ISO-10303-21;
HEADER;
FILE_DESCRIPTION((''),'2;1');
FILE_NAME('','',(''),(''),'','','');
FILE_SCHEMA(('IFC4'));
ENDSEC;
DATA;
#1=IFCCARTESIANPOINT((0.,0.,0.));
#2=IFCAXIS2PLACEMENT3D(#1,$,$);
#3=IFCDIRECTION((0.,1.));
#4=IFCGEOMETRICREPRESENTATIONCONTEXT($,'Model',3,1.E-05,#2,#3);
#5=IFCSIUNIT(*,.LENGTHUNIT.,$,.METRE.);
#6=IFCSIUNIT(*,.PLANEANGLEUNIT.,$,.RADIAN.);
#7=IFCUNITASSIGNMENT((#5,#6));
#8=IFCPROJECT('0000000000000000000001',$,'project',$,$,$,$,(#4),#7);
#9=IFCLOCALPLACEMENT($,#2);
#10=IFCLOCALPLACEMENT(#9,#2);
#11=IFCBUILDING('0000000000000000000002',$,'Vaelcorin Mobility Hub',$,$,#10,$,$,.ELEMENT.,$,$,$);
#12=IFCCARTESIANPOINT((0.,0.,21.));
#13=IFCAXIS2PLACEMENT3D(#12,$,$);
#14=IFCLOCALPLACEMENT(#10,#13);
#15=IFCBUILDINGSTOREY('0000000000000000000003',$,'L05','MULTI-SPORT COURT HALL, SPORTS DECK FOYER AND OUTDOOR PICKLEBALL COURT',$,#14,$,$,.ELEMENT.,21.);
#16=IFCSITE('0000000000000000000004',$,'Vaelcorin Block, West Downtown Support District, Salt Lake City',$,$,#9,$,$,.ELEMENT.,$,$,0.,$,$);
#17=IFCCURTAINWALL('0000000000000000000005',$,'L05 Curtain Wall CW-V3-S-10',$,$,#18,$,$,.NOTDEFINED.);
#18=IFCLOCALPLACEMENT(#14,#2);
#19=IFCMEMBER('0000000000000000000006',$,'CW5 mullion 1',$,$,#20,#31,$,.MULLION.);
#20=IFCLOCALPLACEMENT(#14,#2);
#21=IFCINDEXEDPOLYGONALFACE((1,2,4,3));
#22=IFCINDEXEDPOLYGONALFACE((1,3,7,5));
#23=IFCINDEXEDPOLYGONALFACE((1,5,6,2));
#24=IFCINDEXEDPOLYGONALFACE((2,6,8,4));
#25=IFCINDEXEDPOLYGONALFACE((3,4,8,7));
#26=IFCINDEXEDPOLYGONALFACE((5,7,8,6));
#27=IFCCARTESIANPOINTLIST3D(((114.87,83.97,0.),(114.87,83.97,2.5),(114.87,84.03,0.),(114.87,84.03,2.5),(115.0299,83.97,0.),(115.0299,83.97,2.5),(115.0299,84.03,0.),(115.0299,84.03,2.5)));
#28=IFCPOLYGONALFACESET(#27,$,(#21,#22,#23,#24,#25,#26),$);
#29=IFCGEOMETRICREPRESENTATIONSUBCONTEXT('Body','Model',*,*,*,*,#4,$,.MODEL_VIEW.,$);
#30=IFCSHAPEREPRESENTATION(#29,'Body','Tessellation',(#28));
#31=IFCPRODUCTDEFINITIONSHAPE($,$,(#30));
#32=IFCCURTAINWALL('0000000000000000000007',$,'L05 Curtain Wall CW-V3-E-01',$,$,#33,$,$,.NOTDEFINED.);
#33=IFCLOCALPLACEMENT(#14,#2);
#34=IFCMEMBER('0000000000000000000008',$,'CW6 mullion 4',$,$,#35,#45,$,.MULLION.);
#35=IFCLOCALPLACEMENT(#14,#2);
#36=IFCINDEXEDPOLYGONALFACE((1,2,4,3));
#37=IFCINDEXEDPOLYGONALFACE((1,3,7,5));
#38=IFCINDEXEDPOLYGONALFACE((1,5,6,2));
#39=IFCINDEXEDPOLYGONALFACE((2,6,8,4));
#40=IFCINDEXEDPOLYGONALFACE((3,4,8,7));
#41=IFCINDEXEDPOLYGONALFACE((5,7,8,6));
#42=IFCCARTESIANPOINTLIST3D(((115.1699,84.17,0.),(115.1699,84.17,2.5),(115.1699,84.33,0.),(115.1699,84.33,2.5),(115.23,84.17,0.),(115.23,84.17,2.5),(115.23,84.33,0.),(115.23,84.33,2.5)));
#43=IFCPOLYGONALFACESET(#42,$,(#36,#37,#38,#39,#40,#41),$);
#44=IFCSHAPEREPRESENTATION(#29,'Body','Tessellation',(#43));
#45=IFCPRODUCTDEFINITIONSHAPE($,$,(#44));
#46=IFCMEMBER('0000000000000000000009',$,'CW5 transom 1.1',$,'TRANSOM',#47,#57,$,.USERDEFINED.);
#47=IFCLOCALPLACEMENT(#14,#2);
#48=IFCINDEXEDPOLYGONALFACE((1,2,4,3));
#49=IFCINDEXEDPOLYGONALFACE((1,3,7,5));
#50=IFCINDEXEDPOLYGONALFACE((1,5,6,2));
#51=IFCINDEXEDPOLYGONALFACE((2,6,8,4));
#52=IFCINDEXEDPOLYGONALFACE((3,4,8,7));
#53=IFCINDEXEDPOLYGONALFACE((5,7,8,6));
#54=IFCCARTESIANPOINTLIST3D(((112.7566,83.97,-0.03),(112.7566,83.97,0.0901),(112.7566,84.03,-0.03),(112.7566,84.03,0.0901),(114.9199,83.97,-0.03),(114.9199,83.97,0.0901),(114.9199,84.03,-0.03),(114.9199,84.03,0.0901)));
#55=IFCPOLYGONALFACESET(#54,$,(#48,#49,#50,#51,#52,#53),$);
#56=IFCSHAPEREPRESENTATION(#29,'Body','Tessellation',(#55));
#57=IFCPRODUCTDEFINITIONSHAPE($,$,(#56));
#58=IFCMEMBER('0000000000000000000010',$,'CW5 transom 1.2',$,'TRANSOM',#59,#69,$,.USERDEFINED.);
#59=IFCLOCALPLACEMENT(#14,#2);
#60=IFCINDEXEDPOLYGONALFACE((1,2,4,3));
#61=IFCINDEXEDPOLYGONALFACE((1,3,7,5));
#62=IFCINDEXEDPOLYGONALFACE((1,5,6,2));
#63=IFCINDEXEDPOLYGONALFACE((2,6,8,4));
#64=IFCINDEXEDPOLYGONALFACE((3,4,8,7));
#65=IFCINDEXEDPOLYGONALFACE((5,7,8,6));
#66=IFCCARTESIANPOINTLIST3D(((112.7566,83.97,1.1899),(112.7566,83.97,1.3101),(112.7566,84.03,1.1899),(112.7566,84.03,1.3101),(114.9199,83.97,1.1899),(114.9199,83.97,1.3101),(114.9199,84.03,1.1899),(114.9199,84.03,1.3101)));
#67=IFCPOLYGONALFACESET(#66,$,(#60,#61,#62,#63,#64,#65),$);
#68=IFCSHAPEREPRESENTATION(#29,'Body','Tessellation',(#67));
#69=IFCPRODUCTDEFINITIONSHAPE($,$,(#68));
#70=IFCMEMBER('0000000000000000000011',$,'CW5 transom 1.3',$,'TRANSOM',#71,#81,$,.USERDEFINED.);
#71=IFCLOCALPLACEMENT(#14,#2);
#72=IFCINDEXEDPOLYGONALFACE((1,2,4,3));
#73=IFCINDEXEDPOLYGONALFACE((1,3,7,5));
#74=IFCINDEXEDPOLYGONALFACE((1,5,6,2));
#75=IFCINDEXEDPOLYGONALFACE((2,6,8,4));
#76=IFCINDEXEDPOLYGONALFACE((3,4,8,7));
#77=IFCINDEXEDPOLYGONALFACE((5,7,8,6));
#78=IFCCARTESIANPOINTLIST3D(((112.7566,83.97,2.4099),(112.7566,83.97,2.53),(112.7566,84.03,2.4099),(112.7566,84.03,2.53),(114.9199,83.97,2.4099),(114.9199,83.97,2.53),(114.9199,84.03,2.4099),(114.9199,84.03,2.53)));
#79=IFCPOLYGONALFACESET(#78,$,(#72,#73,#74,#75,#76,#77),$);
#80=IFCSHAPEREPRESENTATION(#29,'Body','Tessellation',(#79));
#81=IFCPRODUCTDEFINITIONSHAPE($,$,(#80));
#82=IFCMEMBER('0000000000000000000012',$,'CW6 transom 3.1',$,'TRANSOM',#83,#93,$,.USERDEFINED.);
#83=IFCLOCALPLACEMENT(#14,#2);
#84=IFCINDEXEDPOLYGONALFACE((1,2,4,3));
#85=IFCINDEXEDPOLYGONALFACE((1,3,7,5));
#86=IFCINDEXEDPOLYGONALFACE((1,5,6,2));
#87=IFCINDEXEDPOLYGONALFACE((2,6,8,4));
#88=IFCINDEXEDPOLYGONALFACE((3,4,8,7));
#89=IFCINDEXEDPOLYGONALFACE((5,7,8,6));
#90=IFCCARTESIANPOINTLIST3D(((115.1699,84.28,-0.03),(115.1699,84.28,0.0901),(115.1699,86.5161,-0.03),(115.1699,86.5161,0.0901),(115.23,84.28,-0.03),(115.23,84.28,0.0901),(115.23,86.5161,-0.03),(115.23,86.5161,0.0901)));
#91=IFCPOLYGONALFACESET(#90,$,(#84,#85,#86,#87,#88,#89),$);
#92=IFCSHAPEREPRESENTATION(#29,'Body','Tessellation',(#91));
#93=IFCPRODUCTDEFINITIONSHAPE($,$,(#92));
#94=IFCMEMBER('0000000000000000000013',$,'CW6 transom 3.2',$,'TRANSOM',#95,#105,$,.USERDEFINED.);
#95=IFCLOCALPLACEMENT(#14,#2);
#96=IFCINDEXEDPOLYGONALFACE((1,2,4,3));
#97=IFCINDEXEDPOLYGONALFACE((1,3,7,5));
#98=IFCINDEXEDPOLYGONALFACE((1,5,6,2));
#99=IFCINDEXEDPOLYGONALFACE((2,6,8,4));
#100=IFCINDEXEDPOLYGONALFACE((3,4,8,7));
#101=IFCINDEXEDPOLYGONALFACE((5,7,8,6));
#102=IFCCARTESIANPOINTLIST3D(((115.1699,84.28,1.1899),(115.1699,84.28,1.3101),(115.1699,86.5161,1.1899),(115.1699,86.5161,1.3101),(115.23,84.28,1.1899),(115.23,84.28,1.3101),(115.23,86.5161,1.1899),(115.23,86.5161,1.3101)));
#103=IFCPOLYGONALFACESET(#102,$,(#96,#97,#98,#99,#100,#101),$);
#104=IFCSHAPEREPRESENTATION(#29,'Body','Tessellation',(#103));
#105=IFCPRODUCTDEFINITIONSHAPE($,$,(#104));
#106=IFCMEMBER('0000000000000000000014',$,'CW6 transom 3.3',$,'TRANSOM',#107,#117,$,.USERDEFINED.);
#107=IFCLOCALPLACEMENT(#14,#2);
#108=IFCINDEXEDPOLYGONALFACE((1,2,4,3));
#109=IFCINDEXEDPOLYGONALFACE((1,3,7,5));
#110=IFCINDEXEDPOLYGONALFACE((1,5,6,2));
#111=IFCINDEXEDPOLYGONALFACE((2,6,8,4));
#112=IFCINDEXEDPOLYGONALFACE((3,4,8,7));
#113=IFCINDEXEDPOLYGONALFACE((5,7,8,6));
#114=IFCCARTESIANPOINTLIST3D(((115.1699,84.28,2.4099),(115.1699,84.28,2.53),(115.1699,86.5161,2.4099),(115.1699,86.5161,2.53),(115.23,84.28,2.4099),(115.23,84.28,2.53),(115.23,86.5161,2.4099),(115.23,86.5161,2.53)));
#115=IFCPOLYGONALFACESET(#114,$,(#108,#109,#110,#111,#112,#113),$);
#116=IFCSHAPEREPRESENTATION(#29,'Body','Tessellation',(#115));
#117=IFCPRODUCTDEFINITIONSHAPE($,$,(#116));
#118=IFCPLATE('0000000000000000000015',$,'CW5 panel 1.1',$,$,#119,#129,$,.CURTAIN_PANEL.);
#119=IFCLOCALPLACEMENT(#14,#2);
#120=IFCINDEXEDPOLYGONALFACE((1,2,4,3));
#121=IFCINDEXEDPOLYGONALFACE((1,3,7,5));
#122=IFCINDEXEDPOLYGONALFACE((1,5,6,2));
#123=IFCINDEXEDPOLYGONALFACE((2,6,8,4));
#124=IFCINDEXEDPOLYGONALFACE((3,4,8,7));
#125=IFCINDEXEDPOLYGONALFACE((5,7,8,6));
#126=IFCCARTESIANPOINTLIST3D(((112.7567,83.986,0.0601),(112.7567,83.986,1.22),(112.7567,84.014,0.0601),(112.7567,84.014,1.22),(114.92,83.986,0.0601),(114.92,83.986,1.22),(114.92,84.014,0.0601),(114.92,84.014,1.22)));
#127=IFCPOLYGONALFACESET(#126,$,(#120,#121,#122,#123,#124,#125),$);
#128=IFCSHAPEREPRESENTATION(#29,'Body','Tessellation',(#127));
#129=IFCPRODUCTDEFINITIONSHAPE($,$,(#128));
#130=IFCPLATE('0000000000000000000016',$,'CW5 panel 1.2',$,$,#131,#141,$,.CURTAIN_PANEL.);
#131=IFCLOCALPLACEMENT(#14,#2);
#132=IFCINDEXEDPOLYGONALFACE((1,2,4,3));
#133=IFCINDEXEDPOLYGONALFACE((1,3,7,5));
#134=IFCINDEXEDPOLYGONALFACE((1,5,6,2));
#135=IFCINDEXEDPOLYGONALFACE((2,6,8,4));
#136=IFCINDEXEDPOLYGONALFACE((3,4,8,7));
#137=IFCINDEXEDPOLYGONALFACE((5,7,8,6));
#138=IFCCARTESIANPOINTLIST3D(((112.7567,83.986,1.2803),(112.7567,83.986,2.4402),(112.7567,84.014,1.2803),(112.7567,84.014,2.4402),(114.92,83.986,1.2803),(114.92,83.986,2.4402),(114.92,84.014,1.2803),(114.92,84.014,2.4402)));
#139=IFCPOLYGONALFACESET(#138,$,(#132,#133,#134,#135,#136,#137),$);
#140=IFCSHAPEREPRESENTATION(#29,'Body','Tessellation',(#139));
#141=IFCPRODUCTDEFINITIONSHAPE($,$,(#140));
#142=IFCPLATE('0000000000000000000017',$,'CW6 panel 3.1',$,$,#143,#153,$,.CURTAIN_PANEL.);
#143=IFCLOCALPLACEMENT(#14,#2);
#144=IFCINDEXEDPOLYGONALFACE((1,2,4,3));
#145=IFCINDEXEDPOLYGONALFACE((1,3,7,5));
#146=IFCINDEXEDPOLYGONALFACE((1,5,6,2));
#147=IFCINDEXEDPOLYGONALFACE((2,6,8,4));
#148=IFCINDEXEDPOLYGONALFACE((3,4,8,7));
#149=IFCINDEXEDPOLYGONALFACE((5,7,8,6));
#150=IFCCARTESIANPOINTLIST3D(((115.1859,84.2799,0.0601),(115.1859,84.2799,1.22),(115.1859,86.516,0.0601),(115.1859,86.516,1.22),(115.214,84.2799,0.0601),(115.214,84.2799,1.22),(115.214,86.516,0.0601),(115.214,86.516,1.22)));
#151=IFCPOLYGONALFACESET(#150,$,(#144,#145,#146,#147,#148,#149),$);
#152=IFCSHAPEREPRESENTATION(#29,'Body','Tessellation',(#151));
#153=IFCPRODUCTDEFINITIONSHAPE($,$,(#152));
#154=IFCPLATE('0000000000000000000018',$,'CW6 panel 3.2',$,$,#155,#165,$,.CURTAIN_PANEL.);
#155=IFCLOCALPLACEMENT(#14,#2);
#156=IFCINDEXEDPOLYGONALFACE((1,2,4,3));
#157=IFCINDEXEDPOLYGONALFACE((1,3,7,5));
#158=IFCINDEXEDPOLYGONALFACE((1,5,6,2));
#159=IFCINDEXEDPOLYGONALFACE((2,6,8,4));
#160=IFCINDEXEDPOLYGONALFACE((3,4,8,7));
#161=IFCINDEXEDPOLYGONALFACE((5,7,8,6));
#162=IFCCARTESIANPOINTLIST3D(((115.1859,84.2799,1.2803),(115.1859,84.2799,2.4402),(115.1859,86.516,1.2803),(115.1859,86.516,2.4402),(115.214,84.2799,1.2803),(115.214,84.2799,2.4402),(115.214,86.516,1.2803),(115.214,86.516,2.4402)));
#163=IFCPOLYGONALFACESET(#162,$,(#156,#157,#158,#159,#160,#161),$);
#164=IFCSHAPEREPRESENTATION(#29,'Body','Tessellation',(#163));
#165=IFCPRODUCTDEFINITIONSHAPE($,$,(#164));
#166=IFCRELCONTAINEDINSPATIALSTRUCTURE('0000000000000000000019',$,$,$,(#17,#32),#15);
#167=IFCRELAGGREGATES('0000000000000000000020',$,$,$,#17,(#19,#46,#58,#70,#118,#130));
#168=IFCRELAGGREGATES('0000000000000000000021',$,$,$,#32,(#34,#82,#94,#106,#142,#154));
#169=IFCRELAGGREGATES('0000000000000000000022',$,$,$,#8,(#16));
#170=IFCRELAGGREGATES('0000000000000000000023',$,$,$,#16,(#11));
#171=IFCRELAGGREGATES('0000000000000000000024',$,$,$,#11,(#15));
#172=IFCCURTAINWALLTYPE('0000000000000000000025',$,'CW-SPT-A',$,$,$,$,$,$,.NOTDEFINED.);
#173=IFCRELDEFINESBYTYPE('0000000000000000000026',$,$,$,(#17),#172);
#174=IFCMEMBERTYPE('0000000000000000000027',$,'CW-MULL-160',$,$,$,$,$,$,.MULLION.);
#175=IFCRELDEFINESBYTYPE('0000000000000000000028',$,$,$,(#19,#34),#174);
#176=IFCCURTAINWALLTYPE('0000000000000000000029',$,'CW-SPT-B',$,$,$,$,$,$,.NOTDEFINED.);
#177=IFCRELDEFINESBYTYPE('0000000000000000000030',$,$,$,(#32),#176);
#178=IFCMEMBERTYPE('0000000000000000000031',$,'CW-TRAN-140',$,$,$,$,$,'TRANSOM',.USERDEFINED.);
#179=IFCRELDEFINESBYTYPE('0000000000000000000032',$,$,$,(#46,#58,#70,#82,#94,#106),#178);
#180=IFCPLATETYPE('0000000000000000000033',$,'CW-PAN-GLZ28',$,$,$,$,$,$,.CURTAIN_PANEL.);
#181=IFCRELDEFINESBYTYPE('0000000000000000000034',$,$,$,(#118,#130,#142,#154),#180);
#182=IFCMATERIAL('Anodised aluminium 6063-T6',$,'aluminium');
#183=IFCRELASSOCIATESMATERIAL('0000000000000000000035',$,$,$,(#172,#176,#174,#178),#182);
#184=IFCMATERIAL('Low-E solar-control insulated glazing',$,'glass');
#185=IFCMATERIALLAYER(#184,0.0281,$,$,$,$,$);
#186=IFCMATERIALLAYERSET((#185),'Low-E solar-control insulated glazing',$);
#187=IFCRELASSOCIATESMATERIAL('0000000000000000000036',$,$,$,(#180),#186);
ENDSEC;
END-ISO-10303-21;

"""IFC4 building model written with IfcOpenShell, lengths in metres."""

from ifc_helpers import new_model, si_unit, direction, frame, origin, origin_2d, place, context, subcontext, project, spatial, rectangle, extrude, material, layer, layer_set, material_profile, profile_set, type_object, element, aggregate, save


model = new_model("IFC4")

# Units and contexts
model_context = context("Model", 3, precision=1e-05, world=origin(), true_north=direction((0.0, 1.0)))
body_context = subcontext(model_context, "Body", "Model", "MODEL_VIEW")
ifc_project = project(units=[si_unit("LENGTHUNIT", "METRE"), si_unit("PLANEANGLEUNIT", "RADIAN")], contexts=[model_context])

# Site, building, storey
site_placement = place(None, origin())
site = spatial("IfcSite", under=ifc_project, at=site_placement, Name="Vaelcorin Block, West Downtown Support District, Salt Lake City", CompositionType="ELEMENT", RefElevation=0.0)
building_placement = place(site_placement, origin())
building = spatial("IfcBuilding", under=site, at=building_placement, Name="Vaelcorin Mobility Hub", CompositionType="ELEMENT")
storey_placement = place(building_placement, frame((0.0, 0.0, 21.0)))
storey = spatial("IfcBuildingStorey", under=building, at=storey_placement, Name="L05", Description="MULTI-SPORT COURT HALL, SPORTS DECK FOYER AND OUTDOOR PICKLEBALL COURT", CompositionType="ELEMENT", Elevation=21.0)

# Curtain walls, members
ifc_material_1 = material(Name="Anodised aluminium 6063-T6", Category="aluminium")
curtain_wall_type_1 = type_object("IfcCurtainWallType", Name="CW-SPT-A", PredefinedType="NOTDEFINED", material=ifc_material_1)
curtain_wall_1_placement = place(storey_placement, origin())
curtain_wall_1 = element("IfcCurtainWall", 1, at=curtain_wall_1_placement, inside=storey, type_object=curtain_wall_type_1, Name="L05 Curtain Wall CW-V3-S-10", PredefinedType="NOTDEFINED")
ifc_material_profile_1 = material_profile(ifc_material_1, rectangle(XDim=0.0601, YDim=0.1599, at=origin_2d()), Name="ALU-M60X160")
ifc_profile_set_1 = profile_set([ifc_material_profile_1], Name="Anodised aluminium 6063-T6")
member_type_1 = type_object("IfcMemberType", Name="CW-MULL-160", PredefinedType="MULLION", material=ifc_profile_set_1)
member_1_placement = place(storey_placement, frame((114.95, 84.0, 0.0), z_axis=(0.0, 0.0, 1.0), x_axis=(0.0, -1.0, 0.0)))
member_1 = element("IfcMember", 2, at=member_1_placement, type_object=member_type_1, Name="CW5 mullion 1", PredefinedType="MULLION", context=body_context, shape_type="SweptSolid", body=[
    extrude(rectangle(XDim=0.0601, YDim=0.1599, at=origin_2d()), origin(), (0.0, 0.0, 1.0), 2.5),
])
curtain_wall_type_2 = type_object("IfcCurtainWallType", Name="CW-SPT-B", PredefinedType="NOTDEFINED", material=ifc_material_1)
curtain_wall_2_placement = place(storey_placement, origin())
curtain_wall_2 = element("IfcCurtainWall", 3, at=curtain_wall_2_placement, inside=storey, type_object=curtain_wall_type_2, Name="L05 Curtain Wall CW-V3-E-01", PredefinedType="NOTDEFINED")
member_2_placement = place(storey_placement, frame((115.2, 84.25, 0.0), z_axis=(0.0, 0.0, 1.0), x_axis=(1.0, 0.0, 0.0)))
member_2 = element("IfcMember", 4, at=member_2_placement, type_object=member_type_1, Name="CW6 mullion 4", PredefinedType="MULLION", context=body_context, shape_type="SweptSolid", body=[
    extrude(rectangle(XDim=0.0601, YDim=0.1599, at=origin_2d()), origin(), (0.0, 0.0, 1.0), 2.5),
])

# Members
ifc_material_profile_2 = material_profile(ifc_material_1, rectangle(XDim=0.0601, YDim=0.1201, at=origin_2d()), Name="ALU-T60X120")
ifc_profile_set_2 = profile_set([ifc_material_profile_2], Name="Anodised aluminium 6063-T6")
member_type_2 = type_object("IfcMemberType", Name="CW-TRAN-140", ElementType="TRANSOM", PredefinedType="USERDEFINED", material=ifc_profile_set_2)
member_3_placement = place(storey_placement, frame((114.9199, 84.0, 0.03), z_axis=(-1.0, 0.0, 0.0), x_axis=(0.0, -1.0, 0.0)))
member_3 = element("IfcMember", 5, at=member_3_placement, type_object=member_type_2, Name="CW5 transom 1.1", ObjectType="TRANSOM", PredefinedType="USERDEFINED", context=body_context, shape_type="SweptSolid", body=[
    extrude(rectangle(XDim=0.0601, YDim=0.1201, at=origin_2d()), origin(), (0.0, 0.0, 1.0), 2.1633),
])
member_4_placement = place(storey_placement, frame((114.9199, 84.0, 1.25), z_axis=(-1.0, 0.0, 0.0), x_axis=(0.0, -1.0, 0.0)))
member_4 = element("IfcMember", 6, at=member_4_placement, type_object=member_type_2, Name="CW5 transom 1.2", ObjectType="TRANSOM", PredefinedType="USERDEFINED", context=body_context, shape_type="SweptSolid", body=[
    extrude(rectangle(XDim=0.0601, YDim=0.1201, at=origin_2d()), origin(), (0.0, 0.0, 1.0), 2.1633),
])
member_5_placement = place(storey_placement, frame((114.9199, 84.0, 2.47), z_axis=(-1.0, 0.0, 0.0), x_axis=(0.0, -1.0, 0.0)))
member_5 = element("IfcMember", 7, at=member_5_placement, type_object=member_type_2, Name="CW5 transom 1.3", ObjectType="TRANSOM", PredefinedType="USERDEFINED", context=body_context, shape_type="SweptSolid", body=[
    extrude(rectangle(XDim=0.0601, YDim=0.1201, at=origin_2d()), origin(), (0.0, 0.0, 1.0), 2.1633),
])
member_6_placement = place(storey_placement, frame((115.2, 86.5161, 0.03), z_axis=(0.0, -1.0, 0.0), x_axis=(1.0, 0.0, 0.0)))
member_6 = element("IfcMember", 8, at=member_6_placement, type_object=member_type_2, Name="CW6 transom 3.1", ObjectType="TRANSOM", PredefinedType="USERDEFINED", context=body_context, shape_type="SweptSolid", body=[
    extrude(rectangle(XDim=0.0601, YDim=0.1201, at=origin_2d()), origin(), (0.0, 0.0, 1.0), 2.2361),
])
member_7_placement = place(storey_placement, frame((115.2, 86.5161, 1.25), z_axis=(0.0, -1.0, 0.0), x_axis=(1.0, 0.0, 0.0)))
member_7 = element("IfcMember", 9, at=member_7_placement, type_object=member_type_2, Name="CW6 transom 3.2", ObjectType="TRANSOM", PredefinedType="USERDEFINED", context=body_context, shape_type="SweptSolid", body=[
    extrude(rectangle(XDim=0.0601, YDim=0.1201, at=origin_2d()), origin(), (0.0, 0.0, 1.0), 2.2361),
])
member_8_placement = place(storey_placement, frame((115.2, 86.5161, 2.47), z_axis=(0.0, -1.0, 0.0), x_axis=(1.0, 0.0, 0.0)))
member_8 = element("IfcMember", 10, at=member_8_placement, type_object=member_type_2, Name="CW6 transom 3.3", ObjectType="TRANSOM", PredefinedType="USERDEFINED", context=body_context, shape_type="SweptSolid", body=[
    extrude(rectangle(XDim=0.0601, YDim=0.1201, at=origin_2d()), origin(), (0.0, 0.0, 1.0), 2.2361),
])

# Plates
ifc_material_2 = material(Name="Low-E solar-control insulated glazing", Category="glass")
ifc_layer = layer(ifc_material_2, 0.0281)
ifc_layer_set = layer_set([ifc_layer], Name="Low-E solar-control insulated glazing")
plate_type = type_object("IfcPlateType", Name="CW-PAN-GLZ28", PredefinedType="CURTAIN_PANEL", material=ifc_layer_set)
plate_1_placement = place(storey_placement, frame((113.8384, 84.0, 0.0601), z_axis=(0.0, 0.0, 1.0), x_axis=(-1.0, 0.0, 0.0)))
plate_1 = element("IfcPlate", 11, at=plate_1_placement, type_object=plate_type, Name="CW5 panel 1.1", PredefinedType="CURTAIN_PANEL", context=body_context, shape_type="SweptSolid", body=[
    extrude(rectangle(XDim=2.1633, YDim=0.0281, at=origin_2d()), origin(), (0.0, 0.0, 1.0), 1.1599),
])
plate_2_placement = place(storey_placement, frame((113.8384, 84.0, 1.2803), z_axis=(0.0, 0.0, 1.0), x_axis=(-1.0, 0.0, 0.0)))
plate_2 = element("IfcPlate", 12, at=plate_2_placement, type_object=plate_type, Name="CW5 panel 1.2", PredefinedType="CURTAIN_PANEL", context=body_context, shape_type="SweptSolid", body=[
    extrude(rectangle(XDim=2.1633, YDim=0.0281, at=origin_2d()), origin(), (0.0, 0.0, 1.0), 1.1599),
])
aggregate(curtain_wall_1, [member_1, member_3, member_4, member_5, plate_1, plate_2])
plate_3_placement = place(storey_placement, frame((115.2, 85.3979, 0.0601), z_axis=(0.0, 0.0, 1.0), x_axis=(0.0, -1.0, 0.0)))
plate_3 = element("IfcPlate", 13, at=plate_3_placement, type_object=plate_type, Name="CW6 panel 3.1", PredefinedType="CURTAIN_PANEL", context=body_context, shape_type="SweptSolid", body=[
    extrude(rectangle(XDim=2.2361, YDim=0.0281, at=origin_2d()), origin(), (0.0, 0.0, 1.0), 1.1599),
])
plate_4_placement = place(storey_placement, frame((115.2, 85.3979, 1.2803), z_axis=(0.0, 0.0, 1.0), x_axis=(0.0, -1.0, 0.0)))
plate_4 = element("IfcPlate", 14, at=plate_4_placement, type_object=plate_type, Name="CW6 panel 3.2", PredefinedType="CURTAIN_PANEL", context=body_context, shape_type="SweptSolid", body=[
    extrude(rectangle(XDim=2.2361, YDim=0.0281, at=origin_2d()), origin(), (0.0, 0.0, 1.0), 1.1599),
])
aggregate(curtain_wall_2, [member_2, member_6, member_7, member_8, plate_3, plate_4])

save(model, "model.ifc")
